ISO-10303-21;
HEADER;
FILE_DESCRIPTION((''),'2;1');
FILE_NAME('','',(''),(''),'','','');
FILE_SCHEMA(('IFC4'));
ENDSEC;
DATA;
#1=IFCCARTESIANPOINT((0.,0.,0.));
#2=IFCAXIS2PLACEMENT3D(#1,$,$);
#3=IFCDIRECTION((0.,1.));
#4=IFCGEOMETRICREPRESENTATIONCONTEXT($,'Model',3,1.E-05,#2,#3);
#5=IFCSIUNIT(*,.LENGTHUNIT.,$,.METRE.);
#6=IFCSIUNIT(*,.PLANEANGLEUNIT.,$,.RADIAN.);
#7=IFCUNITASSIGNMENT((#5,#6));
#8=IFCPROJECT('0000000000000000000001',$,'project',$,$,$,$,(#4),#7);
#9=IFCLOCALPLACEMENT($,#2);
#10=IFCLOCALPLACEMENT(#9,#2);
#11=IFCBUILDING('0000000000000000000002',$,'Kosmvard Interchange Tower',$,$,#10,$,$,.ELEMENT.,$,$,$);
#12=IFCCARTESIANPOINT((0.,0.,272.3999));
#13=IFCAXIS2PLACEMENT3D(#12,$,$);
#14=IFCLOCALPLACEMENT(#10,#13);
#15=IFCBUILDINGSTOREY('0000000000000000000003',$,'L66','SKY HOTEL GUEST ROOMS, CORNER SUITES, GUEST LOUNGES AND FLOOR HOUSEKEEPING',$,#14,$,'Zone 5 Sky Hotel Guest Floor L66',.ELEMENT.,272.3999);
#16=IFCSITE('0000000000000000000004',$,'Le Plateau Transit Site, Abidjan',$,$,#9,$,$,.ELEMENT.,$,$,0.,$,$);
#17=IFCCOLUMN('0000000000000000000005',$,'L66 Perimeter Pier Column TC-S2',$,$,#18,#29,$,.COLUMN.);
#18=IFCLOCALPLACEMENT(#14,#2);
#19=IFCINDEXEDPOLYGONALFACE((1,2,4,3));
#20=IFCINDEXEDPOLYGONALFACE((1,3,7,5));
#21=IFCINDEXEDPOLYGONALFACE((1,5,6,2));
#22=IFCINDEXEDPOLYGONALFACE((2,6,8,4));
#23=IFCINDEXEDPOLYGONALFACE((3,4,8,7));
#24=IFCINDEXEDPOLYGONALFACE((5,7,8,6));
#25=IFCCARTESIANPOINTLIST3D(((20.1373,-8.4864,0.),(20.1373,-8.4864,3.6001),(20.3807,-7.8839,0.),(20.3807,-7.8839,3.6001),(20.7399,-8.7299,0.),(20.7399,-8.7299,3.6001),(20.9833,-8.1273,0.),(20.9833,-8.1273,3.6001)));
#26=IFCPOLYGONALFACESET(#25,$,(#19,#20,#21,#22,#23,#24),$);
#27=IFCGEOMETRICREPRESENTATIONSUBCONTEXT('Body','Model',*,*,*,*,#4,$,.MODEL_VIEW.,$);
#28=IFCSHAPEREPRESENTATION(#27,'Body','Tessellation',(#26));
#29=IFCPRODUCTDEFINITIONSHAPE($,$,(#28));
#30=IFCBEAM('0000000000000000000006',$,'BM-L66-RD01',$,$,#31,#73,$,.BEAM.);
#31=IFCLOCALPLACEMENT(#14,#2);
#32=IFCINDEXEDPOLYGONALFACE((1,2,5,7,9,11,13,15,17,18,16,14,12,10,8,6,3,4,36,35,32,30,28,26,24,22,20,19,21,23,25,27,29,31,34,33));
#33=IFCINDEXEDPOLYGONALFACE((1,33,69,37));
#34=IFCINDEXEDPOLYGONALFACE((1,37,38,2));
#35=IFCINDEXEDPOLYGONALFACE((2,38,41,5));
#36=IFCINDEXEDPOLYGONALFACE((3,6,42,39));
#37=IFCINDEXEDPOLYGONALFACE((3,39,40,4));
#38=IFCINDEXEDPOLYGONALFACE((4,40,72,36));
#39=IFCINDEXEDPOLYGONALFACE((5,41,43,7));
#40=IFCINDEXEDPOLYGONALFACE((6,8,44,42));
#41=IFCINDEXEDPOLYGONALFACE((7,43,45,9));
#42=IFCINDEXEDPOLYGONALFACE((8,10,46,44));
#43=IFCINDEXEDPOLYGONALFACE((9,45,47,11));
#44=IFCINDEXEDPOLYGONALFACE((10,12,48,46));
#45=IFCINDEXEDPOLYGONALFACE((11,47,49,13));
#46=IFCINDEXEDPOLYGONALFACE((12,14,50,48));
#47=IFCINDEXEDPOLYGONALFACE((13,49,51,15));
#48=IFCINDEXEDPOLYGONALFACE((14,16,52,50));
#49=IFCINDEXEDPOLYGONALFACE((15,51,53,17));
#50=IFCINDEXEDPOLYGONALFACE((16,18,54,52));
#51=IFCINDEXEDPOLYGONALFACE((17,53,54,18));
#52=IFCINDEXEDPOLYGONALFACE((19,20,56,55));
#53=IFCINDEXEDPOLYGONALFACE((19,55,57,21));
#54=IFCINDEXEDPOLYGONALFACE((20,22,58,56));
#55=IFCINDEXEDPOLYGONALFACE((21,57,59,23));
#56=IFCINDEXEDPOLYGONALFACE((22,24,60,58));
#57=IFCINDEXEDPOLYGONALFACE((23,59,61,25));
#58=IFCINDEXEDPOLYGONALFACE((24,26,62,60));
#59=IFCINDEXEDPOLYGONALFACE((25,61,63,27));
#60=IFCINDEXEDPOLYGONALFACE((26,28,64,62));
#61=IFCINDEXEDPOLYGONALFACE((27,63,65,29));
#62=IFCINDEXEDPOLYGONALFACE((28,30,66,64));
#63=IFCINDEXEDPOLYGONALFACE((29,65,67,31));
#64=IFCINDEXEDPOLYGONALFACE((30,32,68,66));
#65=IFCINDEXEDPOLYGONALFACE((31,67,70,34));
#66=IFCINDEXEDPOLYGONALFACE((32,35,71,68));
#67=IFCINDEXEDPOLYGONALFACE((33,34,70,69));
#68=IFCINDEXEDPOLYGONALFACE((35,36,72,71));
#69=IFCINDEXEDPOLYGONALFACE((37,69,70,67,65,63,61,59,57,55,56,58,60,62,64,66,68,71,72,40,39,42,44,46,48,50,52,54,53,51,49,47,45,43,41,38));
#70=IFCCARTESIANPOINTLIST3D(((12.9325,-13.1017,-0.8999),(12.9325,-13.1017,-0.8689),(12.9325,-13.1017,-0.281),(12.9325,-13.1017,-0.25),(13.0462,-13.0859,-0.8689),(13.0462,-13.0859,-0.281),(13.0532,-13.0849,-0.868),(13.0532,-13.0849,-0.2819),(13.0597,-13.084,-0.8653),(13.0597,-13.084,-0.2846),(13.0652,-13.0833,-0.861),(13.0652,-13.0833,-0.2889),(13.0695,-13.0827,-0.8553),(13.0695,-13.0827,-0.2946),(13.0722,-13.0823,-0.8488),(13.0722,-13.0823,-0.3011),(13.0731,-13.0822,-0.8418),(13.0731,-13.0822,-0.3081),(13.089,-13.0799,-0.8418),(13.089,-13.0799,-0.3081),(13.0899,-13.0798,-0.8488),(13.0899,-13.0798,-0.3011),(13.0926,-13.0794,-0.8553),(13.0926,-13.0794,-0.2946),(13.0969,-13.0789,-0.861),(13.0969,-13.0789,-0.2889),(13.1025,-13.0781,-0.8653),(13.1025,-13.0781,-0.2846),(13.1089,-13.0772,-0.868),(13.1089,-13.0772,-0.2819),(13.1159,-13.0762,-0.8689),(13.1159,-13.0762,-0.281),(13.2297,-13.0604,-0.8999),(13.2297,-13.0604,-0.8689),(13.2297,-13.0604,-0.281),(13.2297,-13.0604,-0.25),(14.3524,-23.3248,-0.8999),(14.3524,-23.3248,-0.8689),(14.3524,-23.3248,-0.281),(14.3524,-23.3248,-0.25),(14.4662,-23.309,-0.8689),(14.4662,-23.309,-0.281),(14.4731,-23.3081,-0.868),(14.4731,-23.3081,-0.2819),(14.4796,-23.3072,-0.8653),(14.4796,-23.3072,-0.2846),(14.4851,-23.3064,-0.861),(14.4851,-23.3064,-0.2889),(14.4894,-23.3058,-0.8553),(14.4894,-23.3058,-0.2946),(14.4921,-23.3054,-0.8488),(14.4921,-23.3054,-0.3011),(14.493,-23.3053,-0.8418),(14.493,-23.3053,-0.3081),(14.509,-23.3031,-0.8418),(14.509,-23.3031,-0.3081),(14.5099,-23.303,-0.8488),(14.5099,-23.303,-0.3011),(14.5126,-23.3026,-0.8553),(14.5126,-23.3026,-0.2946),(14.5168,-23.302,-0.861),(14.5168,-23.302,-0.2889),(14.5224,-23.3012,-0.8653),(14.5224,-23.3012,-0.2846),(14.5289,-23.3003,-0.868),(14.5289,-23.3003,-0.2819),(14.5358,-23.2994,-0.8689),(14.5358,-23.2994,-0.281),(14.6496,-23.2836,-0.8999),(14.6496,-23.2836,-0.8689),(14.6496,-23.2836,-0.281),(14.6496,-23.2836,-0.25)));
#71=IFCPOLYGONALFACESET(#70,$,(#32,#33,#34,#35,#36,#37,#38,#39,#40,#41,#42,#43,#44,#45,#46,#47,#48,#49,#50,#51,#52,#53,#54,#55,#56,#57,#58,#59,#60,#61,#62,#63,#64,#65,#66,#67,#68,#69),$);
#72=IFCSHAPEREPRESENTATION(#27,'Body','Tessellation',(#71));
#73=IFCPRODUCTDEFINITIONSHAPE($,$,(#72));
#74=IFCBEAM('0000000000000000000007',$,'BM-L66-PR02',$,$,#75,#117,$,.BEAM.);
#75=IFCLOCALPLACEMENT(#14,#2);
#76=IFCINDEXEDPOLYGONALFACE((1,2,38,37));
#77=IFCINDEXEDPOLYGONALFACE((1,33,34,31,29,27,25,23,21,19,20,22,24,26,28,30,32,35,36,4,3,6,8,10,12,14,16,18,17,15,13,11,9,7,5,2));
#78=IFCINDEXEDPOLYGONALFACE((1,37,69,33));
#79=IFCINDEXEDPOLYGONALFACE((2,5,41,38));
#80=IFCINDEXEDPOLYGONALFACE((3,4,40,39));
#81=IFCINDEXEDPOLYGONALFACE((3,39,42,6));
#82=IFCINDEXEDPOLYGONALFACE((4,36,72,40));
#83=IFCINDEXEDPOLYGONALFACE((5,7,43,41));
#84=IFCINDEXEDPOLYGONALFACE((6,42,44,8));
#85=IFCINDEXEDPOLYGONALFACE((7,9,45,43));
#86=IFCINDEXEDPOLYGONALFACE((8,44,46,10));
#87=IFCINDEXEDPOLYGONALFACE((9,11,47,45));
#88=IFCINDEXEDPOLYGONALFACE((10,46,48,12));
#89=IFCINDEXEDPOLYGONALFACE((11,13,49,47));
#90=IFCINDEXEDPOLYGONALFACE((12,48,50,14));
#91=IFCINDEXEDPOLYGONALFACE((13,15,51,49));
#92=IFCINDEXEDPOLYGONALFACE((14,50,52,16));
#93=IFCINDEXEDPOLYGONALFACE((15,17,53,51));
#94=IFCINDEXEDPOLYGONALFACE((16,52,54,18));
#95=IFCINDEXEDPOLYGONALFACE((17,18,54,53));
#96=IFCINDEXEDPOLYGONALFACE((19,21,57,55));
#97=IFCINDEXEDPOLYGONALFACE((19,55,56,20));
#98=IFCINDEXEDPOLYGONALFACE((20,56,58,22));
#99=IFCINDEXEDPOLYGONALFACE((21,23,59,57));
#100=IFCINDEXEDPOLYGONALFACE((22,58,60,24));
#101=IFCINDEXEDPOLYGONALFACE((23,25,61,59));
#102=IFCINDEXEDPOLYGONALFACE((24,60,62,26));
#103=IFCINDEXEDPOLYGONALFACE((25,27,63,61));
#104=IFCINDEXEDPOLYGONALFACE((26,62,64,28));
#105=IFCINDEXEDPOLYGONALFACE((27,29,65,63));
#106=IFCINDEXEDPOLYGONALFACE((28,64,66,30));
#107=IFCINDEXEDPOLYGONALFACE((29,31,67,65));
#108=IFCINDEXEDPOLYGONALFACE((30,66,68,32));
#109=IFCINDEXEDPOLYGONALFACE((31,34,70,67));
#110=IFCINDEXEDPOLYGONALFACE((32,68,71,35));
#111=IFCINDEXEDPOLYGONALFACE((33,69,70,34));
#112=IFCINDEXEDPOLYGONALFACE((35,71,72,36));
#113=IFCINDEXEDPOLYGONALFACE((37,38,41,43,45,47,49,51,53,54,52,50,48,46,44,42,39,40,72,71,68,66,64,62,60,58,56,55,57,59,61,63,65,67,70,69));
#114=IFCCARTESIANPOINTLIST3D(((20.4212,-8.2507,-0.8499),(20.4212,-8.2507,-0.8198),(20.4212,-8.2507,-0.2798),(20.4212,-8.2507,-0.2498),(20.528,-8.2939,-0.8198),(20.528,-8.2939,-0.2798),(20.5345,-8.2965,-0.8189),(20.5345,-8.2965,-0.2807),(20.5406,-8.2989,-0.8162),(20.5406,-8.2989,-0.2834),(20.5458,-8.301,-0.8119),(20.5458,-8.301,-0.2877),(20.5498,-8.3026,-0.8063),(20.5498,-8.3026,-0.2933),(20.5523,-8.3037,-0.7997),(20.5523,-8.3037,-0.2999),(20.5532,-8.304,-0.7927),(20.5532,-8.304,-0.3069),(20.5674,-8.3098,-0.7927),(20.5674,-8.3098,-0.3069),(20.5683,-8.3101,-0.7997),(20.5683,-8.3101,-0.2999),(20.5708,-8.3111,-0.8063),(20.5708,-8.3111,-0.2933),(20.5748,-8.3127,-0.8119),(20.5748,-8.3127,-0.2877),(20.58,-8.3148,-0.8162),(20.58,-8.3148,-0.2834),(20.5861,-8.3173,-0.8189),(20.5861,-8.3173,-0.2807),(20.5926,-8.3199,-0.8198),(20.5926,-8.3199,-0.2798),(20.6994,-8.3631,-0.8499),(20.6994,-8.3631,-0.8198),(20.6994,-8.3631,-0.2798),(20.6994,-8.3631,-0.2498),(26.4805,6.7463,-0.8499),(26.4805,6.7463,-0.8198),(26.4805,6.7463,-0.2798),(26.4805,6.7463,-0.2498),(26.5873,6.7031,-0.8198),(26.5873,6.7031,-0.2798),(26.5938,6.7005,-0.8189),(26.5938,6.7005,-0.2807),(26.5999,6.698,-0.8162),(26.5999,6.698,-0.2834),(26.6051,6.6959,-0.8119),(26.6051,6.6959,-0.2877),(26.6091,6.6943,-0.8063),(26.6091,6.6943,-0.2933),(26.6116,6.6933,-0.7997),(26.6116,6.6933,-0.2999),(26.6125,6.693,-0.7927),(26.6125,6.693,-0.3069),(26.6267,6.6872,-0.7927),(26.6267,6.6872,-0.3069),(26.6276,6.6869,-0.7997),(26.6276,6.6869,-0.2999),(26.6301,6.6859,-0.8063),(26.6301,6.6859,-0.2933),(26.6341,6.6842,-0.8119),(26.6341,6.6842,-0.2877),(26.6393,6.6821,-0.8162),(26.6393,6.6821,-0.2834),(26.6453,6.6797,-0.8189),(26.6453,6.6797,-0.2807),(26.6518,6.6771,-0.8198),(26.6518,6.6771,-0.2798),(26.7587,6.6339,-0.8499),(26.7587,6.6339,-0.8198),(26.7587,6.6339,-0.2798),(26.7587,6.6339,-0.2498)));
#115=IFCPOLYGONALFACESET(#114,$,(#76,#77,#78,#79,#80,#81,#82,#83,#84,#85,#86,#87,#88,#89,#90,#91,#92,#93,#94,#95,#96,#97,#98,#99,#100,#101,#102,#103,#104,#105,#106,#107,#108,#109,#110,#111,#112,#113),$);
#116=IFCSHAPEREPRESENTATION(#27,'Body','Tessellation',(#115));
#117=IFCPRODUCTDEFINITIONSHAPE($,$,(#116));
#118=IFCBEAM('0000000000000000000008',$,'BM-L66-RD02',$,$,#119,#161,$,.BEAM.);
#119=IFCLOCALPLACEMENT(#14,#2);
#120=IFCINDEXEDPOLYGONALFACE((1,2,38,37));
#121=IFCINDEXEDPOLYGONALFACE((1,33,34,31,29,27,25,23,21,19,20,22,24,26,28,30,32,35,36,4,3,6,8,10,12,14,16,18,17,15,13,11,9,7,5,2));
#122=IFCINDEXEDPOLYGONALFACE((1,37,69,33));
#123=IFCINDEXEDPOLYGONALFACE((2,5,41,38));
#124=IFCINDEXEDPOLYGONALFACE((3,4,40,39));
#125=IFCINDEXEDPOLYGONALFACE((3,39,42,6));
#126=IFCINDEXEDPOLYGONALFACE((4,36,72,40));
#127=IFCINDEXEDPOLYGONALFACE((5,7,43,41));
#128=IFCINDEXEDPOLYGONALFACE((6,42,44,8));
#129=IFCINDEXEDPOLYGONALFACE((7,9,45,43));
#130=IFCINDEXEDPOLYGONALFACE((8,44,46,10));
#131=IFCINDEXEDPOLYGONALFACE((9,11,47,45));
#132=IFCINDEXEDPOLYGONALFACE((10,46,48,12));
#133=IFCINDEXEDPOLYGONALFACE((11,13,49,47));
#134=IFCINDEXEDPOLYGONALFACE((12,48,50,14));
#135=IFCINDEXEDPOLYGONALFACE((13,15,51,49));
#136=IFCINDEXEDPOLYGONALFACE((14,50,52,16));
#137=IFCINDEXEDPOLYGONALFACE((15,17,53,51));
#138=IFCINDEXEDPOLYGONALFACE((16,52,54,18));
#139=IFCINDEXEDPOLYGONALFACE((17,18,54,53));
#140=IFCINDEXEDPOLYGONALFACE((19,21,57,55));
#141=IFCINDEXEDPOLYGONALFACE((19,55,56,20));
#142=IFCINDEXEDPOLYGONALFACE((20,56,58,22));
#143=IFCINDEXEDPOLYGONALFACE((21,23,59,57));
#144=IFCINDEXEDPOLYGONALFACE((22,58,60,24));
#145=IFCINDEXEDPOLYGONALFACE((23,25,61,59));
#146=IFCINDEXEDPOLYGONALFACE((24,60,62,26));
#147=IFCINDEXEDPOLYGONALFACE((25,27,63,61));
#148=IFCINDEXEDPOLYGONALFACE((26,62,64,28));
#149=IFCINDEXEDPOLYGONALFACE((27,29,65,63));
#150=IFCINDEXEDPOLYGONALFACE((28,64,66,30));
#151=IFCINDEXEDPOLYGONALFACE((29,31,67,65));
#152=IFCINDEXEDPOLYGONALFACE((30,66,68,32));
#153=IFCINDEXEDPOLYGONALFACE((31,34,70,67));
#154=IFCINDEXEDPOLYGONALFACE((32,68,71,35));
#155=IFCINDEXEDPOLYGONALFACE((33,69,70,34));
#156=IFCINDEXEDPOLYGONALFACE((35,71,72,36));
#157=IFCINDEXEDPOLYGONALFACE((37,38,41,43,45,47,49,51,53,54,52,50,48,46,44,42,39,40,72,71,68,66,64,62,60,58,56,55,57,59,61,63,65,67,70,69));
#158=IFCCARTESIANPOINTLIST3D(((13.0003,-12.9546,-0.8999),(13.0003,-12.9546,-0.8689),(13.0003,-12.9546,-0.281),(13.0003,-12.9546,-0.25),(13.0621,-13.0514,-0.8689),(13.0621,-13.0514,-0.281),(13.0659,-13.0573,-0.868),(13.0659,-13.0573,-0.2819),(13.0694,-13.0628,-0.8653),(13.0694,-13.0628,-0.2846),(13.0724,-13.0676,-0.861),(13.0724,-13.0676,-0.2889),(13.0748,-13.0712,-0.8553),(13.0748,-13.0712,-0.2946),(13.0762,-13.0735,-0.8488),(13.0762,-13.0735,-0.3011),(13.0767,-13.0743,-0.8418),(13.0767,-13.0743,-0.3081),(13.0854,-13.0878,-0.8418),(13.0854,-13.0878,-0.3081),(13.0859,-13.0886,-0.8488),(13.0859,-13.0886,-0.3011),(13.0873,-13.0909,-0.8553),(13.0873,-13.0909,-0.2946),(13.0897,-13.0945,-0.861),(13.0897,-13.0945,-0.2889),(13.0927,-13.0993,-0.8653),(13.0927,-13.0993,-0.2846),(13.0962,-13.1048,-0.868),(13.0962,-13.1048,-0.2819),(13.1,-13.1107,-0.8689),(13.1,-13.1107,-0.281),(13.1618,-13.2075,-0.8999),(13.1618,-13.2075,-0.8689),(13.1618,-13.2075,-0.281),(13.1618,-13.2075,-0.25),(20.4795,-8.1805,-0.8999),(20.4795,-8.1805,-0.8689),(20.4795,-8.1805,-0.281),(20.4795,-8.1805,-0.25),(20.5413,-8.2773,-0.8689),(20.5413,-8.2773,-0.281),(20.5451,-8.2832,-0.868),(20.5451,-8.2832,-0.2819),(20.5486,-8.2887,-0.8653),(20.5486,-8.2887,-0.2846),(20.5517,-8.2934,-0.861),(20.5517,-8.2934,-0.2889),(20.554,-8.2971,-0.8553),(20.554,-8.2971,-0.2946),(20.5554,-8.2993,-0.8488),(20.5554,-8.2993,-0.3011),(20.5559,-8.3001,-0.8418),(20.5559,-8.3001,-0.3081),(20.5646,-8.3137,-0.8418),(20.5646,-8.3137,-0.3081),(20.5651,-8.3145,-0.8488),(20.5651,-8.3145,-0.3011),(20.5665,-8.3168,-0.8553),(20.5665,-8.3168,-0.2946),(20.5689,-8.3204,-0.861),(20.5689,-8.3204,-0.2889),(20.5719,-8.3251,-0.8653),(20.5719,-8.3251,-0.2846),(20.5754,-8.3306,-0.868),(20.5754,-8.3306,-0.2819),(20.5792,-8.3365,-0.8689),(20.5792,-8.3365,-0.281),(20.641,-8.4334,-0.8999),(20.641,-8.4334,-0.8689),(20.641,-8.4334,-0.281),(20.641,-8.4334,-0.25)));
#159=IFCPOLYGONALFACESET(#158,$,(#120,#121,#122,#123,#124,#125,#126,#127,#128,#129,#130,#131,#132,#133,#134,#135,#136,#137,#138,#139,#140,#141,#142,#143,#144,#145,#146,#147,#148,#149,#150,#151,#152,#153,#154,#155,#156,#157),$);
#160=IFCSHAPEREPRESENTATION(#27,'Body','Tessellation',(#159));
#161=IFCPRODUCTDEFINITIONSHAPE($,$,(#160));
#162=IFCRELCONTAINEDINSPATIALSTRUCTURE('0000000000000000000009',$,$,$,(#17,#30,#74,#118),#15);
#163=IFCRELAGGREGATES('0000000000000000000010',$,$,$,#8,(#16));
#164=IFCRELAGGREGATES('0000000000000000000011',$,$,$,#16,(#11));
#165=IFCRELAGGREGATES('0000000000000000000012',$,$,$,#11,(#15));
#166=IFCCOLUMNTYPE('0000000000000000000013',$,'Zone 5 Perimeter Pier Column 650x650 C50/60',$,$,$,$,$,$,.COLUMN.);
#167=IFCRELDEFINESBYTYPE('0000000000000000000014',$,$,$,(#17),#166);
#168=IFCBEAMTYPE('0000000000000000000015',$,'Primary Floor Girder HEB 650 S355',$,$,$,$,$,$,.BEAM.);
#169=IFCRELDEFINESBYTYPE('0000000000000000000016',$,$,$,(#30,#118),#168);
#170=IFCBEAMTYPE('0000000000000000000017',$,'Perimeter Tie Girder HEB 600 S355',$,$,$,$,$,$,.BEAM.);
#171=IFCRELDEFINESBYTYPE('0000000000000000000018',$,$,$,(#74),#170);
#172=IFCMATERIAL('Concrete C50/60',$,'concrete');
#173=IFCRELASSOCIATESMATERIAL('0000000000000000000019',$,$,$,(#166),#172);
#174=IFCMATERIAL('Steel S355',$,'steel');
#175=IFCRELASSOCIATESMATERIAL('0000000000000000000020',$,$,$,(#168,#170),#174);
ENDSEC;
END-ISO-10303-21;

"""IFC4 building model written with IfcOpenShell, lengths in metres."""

from ifc_helpers import new_model, si_unit, direction, frame, origin, origin_2d, place, context, subcontext, project, spatial, rectangle, i_section, extrude, source, transform, mapped, material, material_profile, profile_set, type_object, element, save


model = new_model("IFC4")

# Units and contexts
model_context = context("Model", 3, precision=1e-05, world=origin(), true_north=direction((0.0, 1.0)))
body_context = subcontext(model_context, "Body", "Model", "MODEL_VIEW")
ifc_project = project(units=[si_unit("LENGTHUNIT", "METRE"), si_unit("PLANEANGLEUNIT", "RADIAN")], contexts=[model_context])

# Site, building, storey
site_placement = place(None, origin())
site = spatial("IfcSite", under=ifc_project, at=site_placement, Name="Le Plateau Transit Site, Abidjan", CompositionType="ELEMENT", RefElevation=0.0)
building_placement = place(site_placement, origin())
building = spatial("IfcBuilding", under=site, at=building_placement, Name="Kosmvard Interchange Tower", CompositionType="ELEMENT")
storey_placement = place(building_placement, frame((0.0, 0.0, 272.3999)))
storey = spatial("IfcBuildingStorey", under=building, at=storey_placement, Name="L66", Description="SKY HOTEL GUEST ROOMS, CORNER SUITES, GUEST LOUNGES AND FLOOR HOUSEKEEPING", LongName="Zone 5 Sky Hotel Guest Floor L66", CompositionType="ELEMENT", Elevation=272.3999)

# Column
ifc_material_1 = material(Name="Concrete C50/60", Category="concrete")
ifc_material_profile_1 = material_profile(ifc_material_1, rectangle(XDim=0.6499, YDim=0.6499, at=origin_2d()), Name="TC 650x650")
ifc_profile_set_1 = profile_set([ifc_material_profile_1], Name="Concrete C50/60")
column_type = type_object("IfcColumnType", Name="Zone 5 Perimeter Pier Column 650x650 C50/60", PredefinedType="COLUMN", material=ifc_profile_set_1)
shared_shape_1 = source(origin(), body_context, "Body", "SweptSolid", [
    extrude(rectangle(XDim=0.6499, YDim=0.6499, at=origin_2d()), origin(), (0.0, 0.0, 1.0), 3.6001),
])
column_placement = place(storey_placement, frame((20.5603, -8.3069, 0.0), z_axis=(0.0, 0.0, 1.0), x_axis=(0.374607, 0.927184, 0.0)))
element("IfcColumn", 1, at=column_placement, inside=storey, type_object=column_type, Name="L66 Perimeter Pier Column TC-S2", PredefinedType="COLUMN", context=body_context, shape_type="MappedRepresentation", body=[
    mapped(shared_shape_1, transform((0.0, 0.0, 0.0), scale=1.0)),
])

# Beams
ifc_material_2 = material(Name="Steel S355", Category="steel")
ifc_material_profile_2 = material_profile(ifc_material_2, i_section(OverallWidth=0.3, OverallDepth=0.6499, WebThickness=0.0161, FlangeThickness=0.031, FilletRadius=0.0271, at=origin_2d()), Name="HEB 650")
ifc_profile_set_2 = profile_set([ifc_material_profile_2], Name="Steel S355")
beam_type_1 = type_object("IfcBeamType", Name="Primary Floor Girder HEB 650 S355", PredefinedType="BEAM", material=ifc_profile_set_2)
shared_shape_2 = source(origin(), body_context, "Body", "SweptSolid", [
    extrude(i_section(OverallWidth=0.3, OverallDepth=0.6499, WebThickness=0.0161, FlangeThickness=0.031, FilletRadius=0.0271, at=origin_2d()), origin(), (0.0, 0.0, 1.0), 10.3213),
])
beam_1_placement = place(storey_placement, frame((13.0811, -13.0811, -0.575), z_axis=(0.137572, -0.990492, 0.0), x_axis=(0.990492, 0.137572, 0.0)))
element("IfcBeam", 2, at=beam_1_placement, inside=storey, type_object=beam_type_1, Name="BM-L66-RD01", PredefinedType="BEAM", context=body_context, shape_type="MappedRepresentation", body=[
    mapped(shared_shape_2, transform((0.0, 0.0, 0.0), scale=1.0)),
])
ifc_material_profile_3 = material_profile(ifc_material_2, i_section(OverallWidth=0.3, OverallDepth=0.6001, WebThickness=0.0154, FlangeThickness=0.03, FilletRadius=0.0271, at=origin_2d()), Name="HEB 600")
ifc_profile_set_3 = profile_set([ifc_material_profile_3], Name="Steel S355")
beam_type_2 = type_object("IfcBeamType", Name="Perimeter Tie Girder HEB 600 S355", PredefinedType="BEAM", material=ifc_profile_set_3)
shared_shape_3 = source(origin(), body_context, "Body", "SweptSolid", [
    extrude(i_section(OverallWidth=0.3, OverallDepth=0.6001, WebThickness=0.0154, FlangeThickness=0.03, FilletRadius=0.0271, at=origin_2d()), origin(), (0.0, 0.0, 1.0), 16.1748),
])
beam_2_placement = place(storey_placement, frame((20.5603, -8.3069, -0.5498), z_axis=(0.374613, 0.927181, 0.0), x_axis=(-0.927181, 0.374613, 0.0)))
element("IfcBeam", 3, at=beam_2_placement, inside=storey, type_object=beam_type_2, Name="BM-L66-PR02", PredefinedType="BEAM", context=body_context, shape_type="MappedRepresentation", body=[
    mapped(shared_shape_3, transform((0.0, 0.0, 0.0), scale=1.0)),
])
shared_shape_4 = source(origin(), body_context, "Body", "SweptSolid", [
    extrude(i_section(OverallWidth=0.3, OverallDepth=0.6499, WebThickness=0.0161, FlangeThickness=0.031, FilletRadius=0.0271, at=origin_2d()), origin(), (0.0, 0.0, 1.0), 8.873),
])
beam_3_placement = place(storey_placement, frame((13.0811, -13.0811, -0.575), z_axis=(0.842913, 0.53805, 0.0), x_axis=(-0.53805, 0.842913, 0.0)))
element("IfcBeam", 4, at=beam_3_placement, inside=storey, type_object=beam_type_1, Name="BM-L66-RD02", PredefinedType="BEAM", context=body_context, shape_type="MappedRepresentation", body=[
    mapped(shared_shape_4, transform((0.0, 0.0, 0.0), scale=1.0)),
])

save(model, "model.ifc")
